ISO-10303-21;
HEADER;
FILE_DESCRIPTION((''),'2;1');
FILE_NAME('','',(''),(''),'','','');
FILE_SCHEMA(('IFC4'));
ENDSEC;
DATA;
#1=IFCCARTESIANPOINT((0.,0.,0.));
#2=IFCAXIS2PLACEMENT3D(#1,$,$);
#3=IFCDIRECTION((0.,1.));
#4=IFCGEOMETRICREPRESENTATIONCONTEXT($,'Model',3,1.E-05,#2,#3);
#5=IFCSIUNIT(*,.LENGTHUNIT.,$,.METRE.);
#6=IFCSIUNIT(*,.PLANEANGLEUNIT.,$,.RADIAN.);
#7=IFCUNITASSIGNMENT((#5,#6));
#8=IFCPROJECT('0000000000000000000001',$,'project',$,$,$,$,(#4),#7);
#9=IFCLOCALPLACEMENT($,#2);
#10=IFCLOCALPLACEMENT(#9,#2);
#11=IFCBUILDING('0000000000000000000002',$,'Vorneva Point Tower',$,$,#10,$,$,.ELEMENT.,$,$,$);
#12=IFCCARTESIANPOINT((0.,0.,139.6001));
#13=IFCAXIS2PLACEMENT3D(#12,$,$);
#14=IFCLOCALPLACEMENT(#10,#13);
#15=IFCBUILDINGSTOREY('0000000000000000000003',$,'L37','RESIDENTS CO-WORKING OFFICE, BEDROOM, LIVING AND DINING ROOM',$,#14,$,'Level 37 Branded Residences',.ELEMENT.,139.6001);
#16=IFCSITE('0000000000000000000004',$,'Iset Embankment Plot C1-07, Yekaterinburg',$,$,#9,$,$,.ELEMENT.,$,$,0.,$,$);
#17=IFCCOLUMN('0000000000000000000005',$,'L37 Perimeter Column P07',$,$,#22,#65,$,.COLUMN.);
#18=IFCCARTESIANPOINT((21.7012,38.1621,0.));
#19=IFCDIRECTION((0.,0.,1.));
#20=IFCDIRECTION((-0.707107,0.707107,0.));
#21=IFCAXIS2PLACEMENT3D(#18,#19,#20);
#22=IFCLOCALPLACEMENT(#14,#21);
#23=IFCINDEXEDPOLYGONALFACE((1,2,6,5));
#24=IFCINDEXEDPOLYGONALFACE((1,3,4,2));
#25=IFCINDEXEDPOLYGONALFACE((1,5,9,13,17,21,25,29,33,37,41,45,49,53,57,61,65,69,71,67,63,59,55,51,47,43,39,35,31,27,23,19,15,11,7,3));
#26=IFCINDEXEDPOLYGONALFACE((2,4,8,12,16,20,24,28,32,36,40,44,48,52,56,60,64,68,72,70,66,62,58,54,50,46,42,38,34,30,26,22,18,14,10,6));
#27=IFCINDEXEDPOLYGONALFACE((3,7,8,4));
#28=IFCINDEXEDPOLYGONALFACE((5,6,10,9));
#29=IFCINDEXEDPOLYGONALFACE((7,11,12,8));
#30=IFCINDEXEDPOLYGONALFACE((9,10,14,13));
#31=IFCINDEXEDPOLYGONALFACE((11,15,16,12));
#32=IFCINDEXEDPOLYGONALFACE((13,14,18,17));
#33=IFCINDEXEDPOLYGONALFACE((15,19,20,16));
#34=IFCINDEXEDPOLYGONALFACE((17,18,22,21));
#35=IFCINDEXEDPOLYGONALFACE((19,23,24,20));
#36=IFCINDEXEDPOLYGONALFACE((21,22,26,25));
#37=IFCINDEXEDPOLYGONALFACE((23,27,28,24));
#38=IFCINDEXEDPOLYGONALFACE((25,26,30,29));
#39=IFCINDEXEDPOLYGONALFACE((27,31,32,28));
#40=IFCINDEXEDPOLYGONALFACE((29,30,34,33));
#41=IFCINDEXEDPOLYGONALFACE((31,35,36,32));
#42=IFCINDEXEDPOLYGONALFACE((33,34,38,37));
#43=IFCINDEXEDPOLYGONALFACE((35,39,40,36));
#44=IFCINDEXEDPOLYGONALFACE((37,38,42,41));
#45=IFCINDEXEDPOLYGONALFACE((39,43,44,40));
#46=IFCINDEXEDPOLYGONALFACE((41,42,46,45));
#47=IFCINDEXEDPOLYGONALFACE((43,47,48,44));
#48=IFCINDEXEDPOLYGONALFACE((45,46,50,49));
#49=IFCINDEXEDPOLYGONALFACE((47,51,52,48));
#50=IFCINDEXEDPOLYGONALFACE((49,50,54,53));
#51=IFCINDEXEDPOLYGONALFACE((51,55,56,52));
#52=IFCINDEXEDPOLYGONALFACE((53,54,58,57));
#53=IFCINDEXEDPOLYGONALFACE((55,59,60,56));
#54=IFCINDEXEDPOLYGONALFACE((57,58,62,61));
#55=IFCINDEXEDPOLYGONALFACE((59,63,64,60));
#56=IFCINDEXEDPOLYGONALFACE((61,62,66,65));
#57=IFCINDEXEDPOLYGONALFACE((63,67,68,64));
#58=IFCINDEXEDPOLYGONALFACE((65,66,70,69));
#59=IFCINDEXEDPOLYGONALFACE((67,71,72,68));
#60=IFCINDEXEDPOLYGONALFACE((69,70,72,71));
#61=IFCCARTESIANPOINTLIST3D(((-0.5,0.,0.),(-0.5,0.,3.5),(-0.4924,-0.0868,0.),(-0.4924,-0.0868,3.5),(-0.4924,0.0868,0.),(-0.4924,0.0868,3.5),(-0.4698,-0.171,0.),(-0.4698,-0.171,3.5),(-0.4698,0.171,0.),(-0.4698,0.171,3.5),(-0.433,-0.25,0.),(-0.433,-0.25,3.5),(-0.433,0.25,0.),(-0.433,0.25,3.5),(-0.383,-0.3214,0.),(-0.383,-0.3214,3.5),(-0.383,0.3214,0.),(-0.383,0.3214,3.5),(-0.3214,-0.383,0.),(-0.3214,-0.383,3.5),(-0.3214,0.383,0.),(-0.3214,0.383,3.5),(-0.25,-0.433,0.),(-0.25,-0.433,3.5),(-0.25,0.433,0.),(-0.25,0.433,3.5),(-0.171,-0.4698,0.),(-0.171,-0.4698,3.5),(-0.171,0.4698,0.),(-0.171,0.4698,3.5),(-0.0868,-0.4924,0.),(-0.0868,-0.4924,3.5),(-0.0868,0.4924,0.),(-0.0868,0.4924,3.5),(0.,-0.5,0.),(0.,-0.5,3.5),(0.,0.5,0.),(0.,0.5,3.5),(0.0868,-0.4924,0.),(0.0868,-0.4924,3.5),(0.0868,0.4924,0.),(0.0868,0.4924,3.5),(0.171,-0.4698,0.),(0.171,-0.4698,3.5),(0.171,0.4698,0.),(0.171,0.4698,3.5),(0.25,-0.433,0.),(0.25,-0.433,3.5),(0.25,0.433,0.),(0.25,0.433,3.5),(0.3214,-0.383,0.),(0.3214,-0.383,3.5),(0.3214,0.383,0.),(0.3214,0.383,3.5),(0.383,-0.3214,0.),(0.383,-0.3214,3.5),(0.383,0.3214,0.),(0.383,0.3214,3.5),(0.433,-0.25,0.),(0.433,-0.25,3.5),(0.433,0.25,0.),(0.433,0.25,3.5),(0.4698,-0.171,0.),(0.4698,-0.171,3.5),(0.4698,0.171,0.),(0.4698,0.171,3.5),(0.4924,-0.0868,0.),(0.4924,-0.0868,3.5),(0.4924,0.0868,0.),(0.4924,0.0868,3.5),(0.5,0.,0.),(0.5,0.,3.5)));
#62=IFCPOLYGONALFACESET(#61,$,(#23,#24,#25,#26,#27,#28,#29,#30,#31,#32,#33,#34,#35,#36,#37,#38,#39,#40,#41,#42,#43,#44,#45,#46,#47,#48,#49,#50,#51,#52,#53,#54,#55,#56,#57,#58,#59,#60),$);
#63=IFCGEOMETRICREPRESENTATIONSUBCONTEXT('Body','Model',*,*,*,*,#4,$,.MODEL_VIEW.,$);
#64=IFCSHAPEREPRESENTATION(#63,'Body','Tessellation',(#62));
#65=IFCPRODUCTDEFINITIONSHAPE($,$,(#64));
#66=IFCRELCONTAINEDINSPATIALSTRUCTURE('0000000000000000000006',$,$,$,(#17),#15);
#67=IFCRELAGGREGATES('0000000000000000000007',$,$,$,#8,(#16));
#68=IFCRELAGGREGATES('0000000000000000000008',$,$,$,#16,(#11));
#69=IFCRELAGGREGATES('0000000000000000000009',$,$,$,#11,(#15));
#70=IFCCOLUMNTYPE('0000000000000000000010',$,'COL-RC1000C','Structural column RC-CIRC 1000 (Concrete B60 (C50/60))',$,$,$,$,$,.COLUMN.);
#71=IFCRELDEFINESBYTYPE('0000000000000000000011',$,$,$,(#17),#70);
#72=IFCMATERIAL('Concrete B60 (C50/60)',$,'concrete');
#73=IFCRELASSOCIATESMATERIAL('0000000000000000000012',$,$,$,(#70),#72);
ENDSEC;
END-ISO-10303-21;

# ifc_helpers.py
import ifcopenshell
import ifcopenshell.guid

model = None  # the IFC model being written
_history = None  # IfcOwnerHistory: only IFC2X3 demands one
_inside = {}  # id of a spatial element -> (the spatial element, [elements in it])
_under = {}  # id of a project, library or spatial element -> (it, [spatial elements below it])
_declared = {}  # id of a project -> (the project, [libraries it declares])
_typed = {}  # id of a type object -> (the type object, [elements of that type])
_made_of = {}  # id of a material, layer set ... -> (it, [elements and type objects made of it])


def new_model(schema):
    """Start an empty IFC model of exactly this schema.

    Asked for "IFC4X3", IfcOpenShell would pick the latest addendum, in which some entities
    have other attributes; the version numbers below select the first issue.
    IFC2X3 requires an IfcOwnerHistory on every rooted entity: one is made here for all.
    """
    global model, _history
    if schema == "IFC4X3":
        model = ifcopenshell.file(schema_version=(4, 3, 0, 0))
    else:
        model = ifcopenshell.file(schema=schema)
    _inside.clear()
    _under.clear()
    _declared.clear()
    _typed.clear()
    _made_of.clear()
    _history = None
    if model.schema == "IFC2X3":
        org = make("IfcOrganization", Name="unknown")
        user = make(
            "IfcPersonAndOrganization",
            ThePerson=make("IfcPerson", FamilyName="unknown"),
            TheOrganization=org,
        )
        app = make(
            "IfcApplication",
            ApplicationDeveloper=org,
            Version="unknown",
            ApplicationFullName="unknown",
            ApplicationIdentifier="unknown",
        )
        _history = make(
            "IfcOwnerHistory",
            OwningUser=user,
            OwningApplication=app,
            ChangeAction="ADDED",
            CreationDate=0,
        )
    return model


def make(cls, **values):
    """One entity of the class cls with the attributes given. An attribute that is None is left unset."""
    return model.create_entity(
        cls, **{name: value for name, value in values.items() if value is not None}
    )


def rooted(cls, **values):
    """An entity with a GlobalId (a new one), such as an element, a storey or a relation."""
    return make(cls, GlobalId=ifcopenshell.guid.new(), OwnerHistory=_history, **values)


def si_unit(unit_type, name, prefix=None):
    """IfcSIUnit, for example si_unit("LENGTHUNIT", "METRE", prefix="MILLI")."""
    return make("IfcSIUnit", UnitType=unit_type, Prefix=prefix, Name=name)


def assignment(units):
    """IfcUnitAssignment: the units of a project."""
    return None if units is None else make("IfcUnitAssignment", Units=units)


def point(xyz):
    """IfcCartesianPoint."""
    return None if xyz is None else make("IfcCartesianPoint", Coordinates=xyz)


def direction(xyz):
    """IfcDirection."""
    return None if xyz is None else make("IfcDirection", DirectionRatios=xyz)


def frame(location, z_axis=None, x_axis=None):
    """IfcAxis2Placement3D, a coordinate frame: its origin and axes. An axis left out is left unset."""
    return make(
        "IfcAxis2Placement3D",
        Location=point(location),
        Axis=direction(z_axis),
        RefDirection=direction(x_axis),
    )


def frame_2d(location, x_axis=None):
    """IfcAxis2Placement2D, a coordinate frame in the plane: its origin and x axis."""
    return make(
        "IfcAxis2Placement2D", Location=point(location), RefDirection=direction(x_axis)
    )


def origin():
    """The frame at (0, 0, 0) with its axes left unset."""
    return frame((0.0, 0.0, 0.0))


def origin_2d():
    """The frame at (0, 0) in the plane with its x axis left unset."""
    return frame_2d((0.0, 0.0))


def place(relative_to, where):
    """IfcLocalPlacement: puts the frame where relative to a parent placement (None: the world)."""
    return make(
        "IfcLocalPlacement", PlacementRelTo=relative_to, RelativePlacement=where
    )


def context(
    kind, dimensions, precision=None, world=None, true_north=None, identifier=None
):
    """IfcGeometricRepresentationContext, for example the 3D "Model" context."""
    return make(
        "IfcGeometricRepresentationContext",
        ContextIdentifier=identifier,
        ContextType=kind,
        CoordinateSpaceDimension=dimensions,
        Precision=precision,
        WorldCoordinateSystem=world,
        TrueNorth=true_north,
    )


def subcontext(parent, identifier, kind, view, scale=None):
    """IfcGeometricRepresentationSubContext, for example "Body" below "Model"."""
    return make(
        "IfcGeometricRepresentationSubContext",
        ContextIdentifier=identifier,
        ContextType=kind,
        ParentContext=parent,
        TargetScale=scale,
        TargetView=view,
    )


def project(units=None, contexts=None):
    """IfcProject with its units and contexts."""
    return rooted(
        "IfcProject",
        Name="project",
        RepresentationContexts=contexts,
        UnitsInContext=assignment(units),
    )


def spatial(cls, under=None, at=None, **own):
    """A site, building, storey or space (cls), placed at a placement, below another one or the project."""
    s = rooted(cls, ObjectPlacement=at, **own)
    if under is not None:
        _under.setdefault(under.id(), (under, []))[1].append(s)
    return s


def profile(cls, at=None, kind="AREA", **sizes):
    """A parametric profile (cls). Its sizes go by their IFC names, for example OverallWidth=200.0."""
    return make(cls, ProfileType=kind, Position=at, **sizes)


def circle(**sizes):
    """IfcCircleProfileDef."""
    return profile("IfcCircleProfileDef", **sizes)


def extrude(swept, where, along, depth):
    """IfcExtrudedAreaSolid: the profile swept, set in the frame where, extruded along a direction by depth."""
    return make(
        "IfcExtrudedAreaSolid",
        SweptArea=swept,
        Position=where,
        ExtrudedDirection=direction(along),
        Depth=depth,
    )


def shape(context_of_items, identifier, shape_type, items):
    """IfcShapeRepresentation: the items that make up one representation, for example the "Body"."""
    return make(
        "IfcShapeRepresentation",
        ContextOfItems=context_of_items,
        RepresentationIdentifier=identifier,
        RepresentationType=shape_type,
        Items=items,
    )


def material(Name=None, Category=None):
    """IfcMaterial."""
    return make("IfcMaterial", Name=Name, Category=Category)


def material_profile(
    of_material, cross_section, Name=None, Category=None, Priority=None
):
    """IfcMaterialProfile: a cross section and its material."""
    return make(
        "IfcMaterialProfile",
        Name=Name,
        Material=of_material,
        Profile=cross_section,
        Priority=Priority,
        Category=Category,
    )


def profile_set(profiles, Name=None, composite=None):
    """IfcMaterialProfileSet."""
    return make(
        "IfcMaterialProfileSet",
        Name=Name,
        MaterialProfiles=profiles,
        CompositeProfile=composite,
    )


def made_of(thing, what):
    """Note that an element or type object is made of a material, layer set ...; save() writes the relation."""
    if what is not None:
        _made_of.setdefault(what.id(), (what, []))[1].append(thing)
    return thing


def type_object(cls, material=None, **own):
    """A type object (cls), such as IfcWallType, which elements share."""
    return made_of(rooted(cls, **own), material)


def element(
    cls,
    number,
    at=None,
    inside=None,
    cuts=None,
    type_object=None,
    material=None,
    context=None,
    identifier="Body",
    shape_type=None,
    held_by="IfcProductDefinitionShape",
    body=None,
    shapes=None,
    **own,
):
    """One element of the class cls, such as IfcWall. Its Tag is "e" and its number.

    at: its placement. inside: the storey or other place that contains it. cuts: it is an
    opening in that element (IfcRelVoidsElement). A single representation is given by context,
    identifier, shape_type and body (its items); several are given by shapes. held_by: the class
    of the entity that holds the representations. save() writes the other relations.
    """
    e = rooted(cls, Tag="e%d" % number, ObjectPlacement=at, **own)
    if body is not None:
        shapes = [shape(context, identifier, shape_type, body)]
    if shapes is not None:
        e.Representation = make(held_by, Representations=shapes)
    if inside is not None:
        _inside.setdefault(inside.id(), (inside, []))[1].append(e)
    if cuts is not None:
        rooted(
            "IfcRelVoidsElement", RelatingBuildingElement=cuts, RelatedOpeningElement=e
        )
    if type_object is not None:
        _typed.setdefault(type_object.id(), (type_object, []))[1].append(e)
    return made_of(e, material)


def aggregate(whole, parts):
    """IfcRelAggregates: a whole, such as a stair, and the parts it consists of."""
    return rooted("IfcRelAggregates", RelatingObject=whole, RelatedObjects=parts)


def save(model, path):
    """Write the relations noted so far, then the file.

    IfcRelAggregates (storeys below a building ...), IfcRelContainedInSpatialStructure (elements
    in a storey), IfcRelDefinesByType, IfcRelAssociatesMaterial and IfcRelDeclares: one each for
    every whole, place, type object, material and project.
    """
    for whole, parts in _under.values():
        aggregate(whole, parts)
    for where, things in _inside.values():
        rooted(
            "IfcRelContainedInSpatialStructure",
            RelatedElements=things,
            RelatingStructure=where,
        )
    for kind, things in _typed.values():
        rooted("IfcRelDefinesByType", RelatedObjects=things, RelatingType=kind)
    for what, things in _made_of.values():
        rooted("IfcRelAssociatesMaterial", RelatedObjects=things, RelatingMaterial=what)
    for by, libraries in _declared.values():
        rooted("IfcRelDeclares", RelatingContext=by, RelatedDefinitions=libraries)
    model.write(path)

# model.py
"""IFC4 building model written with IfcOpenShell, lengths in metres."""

from ifc_helpers import new_model, si_unit, direction, frame, origin, origin_2d, place, context, subcontext, project, spatial, circle, extrude, material, material_profile, profile_set, type_object, element, save


model = new_model("IFC4")

# Units and contexts
model_context = context("Model", 3, precision=1e-05, world=origin(), true_north=direction((0.0, 1.0)))
body_context = subcontext(model_context, "Body", "Model", "MODEL_VIEW")
ifc_project = project(units=[si_unit("LENGTHUNIT", "METRE"), si_unit("PLANEANGLEUNIT", "RADIAN")], contexts=[model_context])

# Site, building, storey
site_placement = place(None, origin())
site = spatial("IfcSite", under=ifc_project, at=site_placement, Name="Iset Embankment Plot C1-07, Yekaterinburg", CompositionType="ELEMENT", RefElevation=0.0)
building_placement = place(site_placement, origin())
building = spatial("IfcBuilding", under=site, at=building_placement, Name="Vorneva Point Tower", CompositionType="ELEMENT")
storey_placement = place(building_placement, frame((0.0, 0.0, 139.6001)))
storey = spatial("IfcBuildingStorey", under=building, at=storey_placement, Name="L37", Description="RESIDENTS CO-WORKING OFFICE, BEDROOM, LIVING AND DINING ROOM", LongName="Level 37 Branded Residences", CompositionType="ELEMENT", Elevation=139.6001)

# Column
ifc_material_1 = material(Name="Concrete B60 (C50/60)", Category="concrete")
ifc_material_profile_1 = material_profile(ifc_material_1, circle(Radius=0.5, at=origin_2d()), Name="RC-CIRC 1000")
ifc_profile_set_1 = profile_set([ifc_material_profile_1], Name="Concrete B60 (C50/60)")
column_type_1 = type_object("IfcColumnType", Name="COL-RC1000C", Description="Structural column RC-CIRC 1000 (Concrete B60 (C50/60))", PredefinedType="COLUMN", material=ifc_profile_set_1)
for number, where, z_axis, x_axis, name in (
    (1, (21.7012, 38.1621, 0.0), (0.0, 0.0, 1.0), (-0.707107, 0.707107, 0.0), "L37 Perimeter Column P07"),
):
    element("IfcColumn", number, at=place(storey_placement, frame(where, z_axis=z_axis, x_axis=x_axis)), inside=storey, type_object=column_type_1, Name=name, PredefinedType="COLUMN", context=body_context, shape_type="SweptSolid", body=[
        extrude(circle(Radius=0.5, at=origin_2d()), origin(), (0.0, 0.0, 1.0), 3.5),
    ])

save(model, "model.ifc")
